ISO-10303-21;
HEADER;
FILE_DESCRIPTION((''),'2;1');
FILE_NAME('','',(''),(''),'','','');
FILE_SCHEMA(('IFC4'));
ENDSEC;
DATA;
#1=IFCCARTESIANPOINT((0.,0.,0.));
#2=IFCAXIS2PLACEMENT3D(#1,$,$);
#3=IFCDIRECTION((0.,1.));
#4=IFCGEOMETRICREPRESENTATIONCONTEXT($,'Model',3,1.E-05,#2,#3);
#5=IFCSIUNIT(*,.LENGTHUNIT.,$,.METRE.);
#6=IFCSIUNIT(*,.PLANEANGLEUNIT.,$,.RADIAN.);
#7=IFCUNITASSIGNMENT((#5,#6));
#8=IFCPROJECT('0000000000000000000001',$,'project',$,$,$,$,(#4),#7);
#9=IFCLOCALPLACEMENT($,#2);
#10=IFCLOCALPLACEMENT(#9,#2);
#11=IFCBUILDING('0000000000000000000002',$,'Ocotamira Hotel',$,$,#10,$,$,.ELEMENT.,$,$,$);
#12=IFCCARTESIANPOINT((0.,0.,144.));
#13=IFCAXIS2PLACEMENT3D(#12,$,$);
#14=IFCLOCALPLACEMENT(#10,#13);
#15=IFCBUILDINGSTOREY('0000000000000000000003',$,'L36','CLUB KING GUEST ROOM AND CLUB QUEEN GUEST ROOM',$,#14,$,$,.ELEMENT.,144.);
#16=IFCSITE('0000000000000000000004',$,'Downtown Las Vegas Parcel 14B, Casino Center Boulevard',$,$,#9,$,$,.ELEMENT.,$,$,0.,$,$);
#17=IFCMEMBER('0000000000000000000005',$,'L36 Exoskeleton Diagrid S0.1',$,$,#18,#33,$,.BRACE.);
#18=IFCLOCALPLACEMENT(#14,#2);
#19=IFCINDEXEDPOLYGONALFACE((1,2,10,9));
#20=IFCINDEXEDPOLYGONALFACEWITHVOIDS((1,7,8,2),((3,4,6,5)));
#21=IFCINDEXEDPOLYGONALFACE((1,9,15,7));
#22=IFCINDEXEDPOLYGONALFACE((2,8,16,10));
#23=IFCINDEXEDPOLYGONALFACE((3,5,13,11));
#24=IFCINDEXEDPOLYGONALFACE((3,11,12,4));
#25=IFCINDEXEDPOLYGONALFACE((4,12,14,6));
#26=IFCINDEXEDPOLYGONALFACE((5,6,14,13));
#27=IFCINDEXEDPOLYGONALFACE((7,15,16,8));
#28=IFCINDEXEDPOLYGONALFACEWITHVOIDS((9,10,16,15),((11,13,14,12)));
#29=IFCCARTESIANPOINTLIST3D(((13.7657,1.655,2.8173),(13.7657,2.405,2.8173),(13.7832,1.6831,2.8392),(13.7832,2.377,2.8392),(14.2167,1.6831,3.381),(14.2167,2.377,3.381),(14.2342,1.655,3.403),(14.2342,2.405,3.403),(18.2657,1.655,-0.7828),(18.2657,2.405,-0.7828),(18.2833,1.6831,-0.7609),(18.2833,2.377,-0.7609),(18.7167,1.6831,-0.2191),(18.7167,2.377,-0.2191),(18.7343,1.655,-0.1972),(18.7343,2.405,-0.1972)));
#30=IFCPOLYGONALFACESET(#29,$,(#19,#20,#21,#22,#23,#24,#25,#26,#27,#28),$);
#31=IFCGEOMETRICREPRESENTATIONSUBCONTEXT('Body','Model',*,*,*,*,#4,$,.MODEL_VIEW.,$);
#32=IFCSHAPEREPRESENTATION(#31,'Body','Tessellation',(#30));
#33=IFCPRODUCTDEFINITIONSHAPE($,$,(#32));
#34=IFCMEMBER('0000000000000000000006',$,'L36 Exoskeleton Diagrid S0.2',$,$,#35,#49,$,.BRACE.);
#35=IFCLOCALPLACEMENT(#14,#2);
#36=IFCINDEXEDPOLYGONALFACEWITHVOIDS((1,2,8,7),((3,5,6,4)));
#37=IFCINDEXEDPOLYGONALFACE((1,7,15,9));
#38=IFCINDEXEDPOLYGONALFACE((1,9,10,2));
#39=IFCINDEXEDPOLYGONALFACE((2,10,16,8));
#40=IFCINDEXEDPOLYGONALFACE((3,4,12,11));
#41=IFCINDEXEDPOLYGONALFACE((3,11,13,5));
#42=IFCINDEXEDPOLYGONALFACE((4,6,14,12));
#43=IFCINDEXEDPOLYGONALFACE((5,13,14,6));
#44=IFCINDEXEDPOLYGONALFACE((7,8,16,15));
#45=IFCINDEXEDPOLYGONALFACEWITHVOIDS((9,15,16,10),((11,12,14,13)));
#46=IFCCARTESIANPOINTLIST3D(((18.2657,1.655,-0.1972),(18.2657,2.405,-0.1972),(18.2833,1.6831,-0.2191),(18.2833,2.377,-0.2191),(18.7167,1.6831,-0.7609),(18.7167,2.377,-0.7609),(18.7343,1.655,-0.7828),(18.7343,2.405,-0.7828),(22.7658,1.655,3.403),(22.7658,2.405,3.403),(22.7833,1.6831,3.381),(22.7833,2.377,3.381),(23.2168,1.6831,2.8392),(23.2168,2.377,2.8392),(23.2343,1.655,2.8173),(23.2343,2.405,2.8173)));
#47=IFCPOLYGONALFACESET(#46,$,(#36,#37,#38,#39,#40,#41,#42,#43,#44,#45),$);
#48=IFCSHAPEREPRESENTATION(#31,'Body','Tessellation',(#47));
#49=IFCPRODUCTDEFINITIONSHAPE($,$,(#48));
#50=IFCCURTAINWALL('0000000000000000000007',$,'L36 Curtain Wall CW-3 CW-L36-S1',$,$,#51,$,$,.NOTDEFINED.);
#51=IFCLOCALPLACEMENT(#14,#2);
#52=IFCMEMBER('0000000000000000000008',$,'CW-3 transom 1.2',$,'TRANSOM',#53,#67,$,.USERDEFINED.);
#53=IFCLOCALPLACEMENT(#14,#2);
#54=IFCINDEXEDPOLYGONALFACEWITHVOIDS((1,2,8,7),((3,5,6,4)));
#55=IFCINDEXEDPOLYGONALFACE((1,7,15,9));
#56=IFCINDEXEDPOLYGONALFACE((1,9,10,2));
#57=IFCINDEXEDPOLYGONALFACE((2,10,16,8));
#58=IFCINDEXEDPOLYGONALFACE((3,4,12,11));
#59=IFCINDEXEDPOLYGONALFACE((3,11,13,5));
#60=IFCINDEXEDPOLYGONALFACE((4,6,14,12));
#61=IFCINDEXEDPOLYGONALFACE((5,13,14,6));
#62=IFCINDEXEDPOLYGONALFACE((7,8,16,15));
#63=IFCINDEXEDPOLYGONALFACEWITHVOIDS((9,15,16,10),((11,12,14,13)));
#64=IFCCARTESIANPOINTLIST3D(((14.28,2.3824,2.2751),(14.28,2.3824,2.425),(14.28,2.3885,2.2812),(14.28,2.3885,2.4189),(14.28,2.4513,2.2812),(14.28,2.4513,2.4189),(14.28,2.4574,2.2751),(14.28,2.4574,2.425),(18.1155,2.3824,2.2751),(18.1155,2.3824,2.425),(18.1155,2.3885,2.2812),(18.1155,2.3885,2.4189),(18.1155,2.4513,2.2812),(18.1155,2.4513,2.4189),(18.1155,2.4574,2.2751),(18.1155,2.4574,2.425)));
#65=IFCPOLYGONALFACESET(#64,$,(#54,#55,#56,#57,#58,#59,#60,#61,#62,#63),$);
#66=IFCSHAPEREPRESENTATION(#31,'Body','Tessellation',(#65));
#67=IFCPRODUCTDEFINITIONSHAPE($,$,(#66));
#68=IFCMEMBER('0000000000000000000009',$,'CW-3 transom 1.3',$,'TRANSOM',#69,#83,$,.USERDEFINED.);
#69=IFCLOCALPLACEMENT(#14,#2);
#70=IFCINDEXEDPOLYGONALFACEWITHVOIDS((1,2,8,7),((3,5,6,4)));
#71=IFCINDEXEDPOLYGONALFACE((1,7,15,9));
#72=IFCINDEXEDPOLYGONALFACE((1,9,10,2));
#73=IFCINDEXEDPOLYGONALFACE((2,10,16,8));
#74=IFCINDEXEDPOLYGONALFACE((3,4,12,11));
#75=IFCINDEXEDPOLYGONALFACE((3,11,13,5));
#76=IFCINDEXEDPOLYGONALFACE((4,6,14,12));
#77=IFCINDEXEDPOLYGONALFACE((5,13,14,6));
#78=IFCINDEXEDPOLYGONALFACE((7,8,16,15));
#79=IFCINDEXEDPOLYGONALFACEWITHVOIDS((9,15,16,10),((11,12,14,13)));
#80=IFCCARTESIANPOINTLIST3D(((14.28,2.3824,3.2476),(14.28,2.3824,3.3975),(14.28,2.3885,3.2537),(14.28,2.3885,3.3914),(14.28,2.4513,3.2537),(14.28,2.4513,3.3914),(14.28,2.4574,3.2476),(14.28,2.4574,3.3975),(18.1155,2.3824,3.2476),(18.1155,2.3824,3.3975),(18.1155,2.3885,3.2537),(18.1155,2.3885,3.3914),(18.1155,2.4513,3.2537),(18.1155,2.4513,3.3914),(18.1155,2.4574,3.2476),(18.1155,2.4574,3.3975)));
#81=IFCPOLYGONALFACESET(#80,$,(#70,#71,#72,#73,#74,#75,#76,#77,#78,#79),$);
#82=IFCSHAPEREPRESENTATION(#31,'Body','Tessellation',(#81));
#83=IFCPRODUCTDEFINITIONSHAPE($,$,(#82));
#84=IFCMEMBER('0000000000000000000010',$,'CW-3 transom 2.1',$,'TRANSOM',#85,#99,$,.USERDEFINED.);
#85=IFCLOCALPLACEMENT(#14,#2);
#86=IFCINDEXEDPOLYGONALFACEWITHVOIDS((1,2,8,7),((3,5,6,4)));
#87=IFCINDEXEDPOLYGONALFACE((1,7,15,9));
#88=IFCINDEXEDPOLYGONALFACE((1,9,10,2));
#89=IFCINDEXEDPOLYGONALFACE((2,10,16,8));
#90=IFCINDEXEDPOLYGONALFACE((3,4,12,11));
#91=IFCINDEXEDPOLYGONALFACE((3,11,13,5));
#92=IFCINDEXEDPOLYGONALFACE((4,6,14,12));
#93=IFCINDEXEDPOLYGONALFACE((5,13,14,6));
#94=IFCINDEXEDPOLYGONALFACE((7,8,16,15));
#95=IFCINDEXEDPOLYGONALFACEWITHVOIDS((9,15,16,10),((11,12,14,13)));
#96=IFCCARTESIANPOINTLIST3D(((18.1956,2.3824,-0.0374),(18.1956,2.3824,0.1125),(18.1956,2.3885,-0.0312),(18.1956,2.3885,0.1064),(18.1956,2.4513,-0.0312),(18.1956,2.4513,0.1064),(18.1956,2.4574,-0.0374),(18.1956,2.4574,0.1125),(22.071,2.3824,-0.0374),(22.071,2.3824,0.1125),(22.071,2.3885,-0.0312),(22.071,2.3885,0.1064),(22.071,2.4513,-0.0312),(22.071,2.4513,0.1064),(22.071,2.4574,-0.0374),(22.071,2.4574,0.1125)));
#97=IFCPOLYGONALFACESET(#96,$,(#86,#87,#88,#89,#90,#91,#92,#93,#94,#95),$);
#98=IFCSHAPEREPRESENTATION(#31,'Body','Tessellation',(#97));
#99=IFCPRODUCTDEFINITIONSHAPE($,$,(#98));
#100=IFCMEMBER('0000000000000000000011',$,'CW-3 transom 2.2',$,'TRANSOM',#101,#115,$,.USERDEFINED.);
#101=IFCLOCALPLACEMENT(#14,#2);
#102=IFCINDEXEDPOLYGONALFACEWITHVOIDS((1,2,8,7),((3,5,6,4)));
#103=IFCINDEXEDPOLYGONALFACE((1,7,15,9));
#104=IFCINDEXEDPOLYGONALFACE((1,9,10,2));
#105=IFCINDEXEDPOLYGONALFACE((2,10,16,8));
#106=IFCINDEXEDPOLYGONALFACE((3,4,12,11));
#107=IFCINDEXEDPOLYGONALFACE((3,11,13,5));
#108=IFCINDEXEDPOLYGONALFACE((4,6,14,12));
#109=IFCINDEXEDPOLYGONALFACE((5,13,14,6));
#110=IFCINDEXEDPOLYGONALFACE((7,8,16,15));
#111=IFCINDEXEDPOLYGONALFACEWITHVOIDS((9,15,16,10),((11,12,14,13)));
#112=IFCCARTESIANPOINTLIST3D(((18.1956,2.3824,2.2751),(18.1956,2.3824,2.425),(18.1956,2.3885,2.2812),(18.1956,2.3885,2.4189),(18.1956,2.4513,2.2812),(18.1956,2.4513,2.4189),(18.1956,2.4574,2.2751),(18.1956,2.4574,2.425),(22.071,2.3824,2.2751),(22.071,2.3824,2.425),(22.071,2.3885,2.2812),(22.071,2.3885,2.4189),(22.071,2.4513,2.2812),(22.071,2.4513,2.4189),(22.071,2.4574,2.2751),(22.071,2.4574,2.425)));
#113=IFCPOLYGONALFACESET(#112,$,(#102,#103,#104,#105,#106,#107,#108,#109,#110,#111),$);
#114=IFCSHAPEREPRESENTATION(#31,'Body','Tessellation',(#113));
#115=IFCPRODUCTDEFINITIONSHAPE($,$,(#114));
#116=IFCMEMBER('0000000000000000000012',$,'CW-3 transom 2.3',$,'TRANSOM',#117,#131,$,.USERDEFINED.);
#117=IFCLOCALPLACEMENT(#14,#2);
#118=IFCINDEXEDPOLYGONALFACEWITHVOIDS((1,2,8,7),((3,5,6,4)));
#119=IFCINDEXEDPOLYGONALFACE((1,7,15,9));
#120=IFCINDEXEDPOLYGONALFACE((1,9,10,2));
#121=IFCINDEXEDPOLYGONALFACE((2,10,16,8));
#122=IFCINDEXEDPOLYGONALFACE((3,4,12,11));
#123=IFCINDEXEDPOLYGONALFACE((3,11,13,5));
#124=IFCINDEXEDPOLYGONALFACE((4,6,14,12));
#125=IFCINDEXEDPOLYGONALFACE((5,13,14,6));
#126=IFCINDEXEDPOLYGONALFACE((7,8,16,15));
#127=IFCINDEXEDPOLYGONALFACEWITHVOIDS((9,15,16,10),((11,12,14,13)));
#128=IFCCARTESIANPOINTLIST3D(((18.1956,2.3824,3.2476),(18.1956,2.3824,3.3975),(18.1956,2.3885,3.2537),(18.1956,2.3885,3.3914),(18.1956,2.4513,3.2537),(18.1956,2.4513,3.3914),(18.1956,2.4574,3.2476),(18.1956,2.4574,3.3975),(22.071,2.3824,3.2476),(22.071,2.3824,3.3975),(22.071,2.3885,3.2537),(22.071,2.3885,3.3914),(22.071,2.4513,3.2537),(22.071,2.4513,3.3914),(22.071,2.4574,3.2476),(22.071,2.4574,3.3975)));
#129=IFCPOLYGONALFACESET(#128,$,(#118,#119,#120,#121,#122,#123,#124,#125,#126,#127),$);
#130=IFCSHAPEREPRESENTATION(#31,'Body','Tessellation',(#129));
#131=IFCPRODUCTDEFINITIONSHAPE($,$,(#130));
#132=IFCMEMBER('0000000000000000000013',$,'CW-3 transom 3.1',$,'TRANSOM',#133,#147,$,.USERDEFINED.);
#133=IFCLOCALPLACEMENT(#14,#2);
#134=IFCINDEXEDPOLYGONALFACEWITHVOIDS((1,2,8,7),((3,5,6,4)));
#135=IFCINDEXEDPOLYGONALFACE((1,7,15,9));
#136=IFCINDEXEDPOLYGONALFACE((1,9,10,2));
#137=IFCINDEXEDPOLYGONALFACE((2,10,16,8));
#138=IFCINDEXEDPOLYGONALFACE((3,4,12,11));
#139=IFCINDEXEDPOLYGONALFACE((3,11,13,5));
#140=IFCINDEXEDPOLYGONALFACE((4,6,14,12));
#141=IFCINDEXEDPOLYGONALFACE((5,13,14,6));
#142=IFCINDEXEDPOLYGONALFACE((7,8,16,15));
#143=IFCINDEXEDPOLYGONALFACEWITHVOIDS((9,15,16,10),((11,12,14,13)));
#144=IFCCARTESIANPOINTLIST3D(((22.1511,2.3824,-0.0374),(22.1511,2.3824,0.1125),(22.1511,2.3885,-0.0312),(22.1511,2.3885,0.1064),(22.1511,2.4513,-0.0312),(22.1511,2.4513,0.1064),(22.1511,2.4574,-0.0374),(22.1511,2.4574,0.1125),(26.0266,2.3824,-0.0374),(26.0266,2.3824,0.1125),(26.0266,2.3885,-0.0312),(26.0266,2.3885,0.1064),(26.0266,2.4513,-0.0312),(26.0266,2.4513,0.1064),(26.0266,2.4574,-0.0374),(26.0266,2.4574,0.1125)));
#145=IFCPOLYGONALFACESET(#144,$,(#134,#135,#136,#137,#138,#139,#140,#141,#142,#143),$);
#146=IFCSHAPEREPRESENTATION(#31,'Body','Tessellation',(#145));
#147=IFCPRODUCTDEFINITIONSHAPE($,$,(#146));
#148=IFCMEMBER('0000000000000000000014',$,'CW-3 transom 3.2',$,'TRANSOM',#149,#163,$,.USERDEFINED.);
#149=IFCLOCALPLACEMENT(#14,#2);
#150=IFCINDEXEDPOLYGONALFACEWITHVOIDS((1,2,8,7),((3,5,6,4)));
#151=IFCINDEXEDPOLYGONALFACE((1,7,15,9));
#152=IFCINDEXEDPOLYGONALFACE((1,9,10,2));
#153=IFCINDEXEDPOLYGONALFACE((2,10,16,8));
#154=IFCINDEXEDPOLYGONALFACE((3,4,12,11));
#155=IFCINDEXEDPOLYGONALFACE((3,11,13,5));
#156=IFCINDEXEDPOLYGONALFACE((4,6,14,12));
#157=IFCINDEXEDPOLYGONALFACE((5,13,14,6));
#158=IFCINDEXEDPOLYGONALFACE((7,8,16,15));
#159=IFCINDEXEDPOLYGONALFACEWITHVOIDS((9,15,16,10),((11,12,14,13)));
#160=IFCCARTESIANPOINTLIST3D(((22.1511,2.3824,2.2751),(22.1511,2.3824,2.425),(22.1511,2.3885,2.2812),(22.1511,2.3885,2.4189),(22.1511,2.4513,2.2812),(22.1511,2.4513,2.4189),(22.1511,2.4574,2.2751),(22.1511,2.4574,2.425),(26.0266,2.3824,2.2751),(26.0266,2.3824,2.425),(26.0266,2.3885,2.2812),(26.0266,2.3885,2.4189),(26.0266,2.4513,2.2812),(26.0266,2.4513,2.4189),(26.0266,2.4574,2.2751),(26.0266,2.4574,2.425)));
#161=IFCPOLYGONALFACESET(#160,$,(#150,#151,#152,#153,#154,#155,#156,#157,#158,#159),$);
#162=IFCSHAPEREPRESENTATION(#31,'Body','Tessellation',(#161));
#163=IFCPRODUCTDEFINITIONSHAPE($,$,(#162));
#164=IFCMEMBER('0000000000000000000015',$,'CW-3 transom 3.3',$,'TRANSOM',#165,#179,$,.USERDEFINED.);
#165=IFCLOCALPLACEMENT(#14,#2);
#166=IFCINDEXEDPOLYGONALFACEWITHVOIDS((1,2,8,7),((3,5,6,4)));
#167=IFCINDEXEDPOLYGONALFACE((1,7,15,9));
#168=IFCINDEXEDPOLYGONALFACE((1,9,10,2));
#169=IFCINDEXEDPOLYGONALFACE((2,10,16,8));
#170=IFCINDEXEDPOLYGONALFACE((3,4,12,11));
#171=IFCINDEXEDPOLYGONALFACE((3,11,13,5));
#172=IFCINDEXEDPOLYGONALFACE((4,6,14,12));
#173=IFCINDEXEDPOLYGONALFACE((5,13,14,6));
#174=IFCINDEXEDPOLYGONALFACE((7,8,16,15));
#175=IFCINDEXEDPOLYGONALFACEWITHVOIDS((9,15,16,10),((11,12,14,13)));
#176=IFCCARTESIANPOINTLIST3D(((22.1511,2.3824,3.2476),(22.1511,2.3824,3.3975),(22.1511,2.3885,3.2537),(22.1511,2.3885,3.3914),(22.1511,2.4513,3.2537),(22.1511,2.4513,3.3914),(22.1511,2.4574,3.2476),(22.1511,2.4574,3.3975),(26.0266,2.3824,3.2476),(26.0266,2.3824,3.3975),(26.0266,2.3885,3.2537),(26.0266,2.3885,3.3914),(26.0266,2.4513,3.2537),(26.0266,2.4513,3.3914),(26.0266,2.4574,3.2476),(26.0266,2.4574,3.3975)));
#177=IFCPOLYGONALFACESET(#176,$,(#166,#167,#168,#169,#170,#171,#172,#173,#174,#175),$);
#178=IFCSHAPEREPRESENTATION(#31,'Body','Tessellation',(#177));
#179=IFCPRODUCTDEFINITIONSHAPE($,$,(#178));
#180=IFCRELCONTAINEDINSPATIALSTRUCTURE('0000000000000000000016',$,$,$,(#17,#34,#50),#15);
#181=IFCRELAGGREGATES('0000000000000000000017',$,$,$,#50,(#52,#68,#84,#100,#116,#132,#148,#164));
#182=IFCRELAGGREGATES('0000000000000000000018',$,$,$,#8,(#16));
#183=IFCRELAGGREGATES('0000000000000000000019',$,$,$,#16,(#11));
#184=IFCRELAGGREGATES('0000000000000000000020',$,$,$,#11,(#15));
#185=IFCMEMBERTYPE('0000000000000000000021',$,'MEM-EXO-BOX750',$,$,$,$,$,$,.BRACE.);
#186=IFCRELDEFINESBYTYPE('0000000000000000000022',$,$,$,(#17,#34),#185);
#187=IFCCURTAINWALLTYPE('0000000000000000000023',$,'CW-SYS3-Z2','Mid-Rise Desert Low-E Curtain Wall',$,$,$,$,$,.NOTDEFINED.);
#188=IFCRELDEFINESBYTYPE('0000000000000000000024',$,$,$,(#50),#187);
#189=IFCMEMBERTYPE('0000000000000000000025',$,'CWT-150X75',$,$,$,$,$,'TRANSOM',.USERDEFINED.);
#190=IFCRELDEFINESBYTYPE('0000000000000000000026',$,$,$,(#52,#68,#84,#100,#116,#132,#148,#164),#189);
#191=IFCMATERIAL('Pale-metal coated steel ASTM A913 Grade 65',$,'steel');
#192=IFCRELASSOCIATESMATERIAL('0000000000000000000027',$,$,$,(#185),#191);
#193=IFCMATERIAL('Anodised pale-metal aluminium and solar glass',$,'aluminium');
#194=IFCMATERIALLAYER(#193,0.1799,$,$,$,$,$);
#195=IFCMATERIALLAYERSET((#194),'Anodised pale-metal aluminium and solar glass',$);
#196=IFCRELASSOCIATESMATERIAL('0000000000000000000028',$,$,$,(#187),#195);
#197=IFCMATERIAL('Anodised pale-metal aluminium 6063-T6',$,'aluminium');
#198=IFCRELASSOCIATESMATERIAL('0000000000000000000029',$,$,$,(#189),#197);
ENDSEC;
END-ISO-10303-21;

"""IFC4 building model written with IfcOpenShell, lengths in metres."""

from ifc_helpers import new_model, si_unit, direction, frame, origin, origin_2d, place, context, subcontext, project, spatial, hollow_rectangle, extrude, source, transform, mapped, material, layer, layer_set, material_profile, profile_set, type_object, element, aggregate, save


model = new_model("IFC4")

# Units and contexts
model_context = context("Model", 3, precision=1e-05, world=origin(), true_north=direction((0.0, 1.0)))
body_context = subcontext(model_context, "Body", "Model", "MODEL_VIEW")
ifc_project = project(units=[si_unit("LENGTHUNIT", "METRE"), si_unit("PLANEANGLEUNIT", "RADIAN")], contexts=[model_context])

# Site, building, storey
site_placement = place(None, origin())
site = spatial("IfcSite", under=ifc_project, at=site_placement, Name="Downtown Las Vegas Parcel 14B, Casino Center Boulevard", CompositionType="ELEMENT", RefElevation=0.0)
building_placement = place(site_placement, origin())
building = spatial("IfcBuilding", under=site, at=building_placement, Name="Ocotamira Hotel", CompositionType="ELEMENT")
storey_placement = place(building_placement, frame((0.0, 0.0, 144.0)))
storey = spatial("IfcBuildingStorey", under=building, at=storey_placement, Name="L36", Description="CLUB KING GUEST ROOM AND CLUB QUEEN GUEST ROOM", CompositionType="ELEMENT", Elevation=144.0)

# Members
ifc_material_1 = material(Name="Pale-metal coated steel ASTM A913 Grade 65", Category="steel")
ifc_material_profile_1 = material_profile(ifc_material_1, hollow_rectangle(XDim=0.75, YDim=0.75, WallThickness=0.0281, at=origin_2d()), Name="BOX750X750X28")
ifc_profile_set_1 = profile_set([ifc_material_profile_1], Name="Pale-metal coated steel ASTM A913 Grade 65")
member_type_1 = type_object("IfcMemberType", Name="MEM-EXO-BOX750", PredefinedType="BRACE", material=ifc_profile_set_1)
shared_shape_1 = source(origin(), body_context, "Body", "SweptSolid", [
    extrude(hollow_rectangle(XDim=0.75, YDim=0.75, WallThickness=0.0281, at=origin_2d()), origin(), (0.0, 0.0, 1.0), 5.7629),
])
for number, where, z_axis, x_axis, name in (
    (1, (18.5, 2.03, -0.49), (-0.780861, 0.0, 0.624705), (0.0, -1.0, 0.0), "L36 Exoskeleton Diagrid S0.1"),
    (2, (18.5, 2.03, -0.49), (0.780861, 0.0, 0.624705), (0.0, 1.0, 0.0), "L36 Exoskeleton Diagrid S0.2"),
):
    element("IfcMember", number, at=place(storey_placement, frame(where, z_axis=z_axis, x_axis=x_axis)), inside=storey, type_object=member_type_1, Name=name, PredefinedType="BRACE", context=body_context, shape_type="MappedRepresentation", body=[
        mapped(shared_shape_1, transform((0.0, 0.0, 0.0), scale=1.0)),
    ])

# Curtain wall, members
ifc_material_2 = material(Name="Anodised pale-metal aluminium and solar glass", Category="aluminium")
ifc_layer_1 = layer(ifc_material_2, 0.1799)
ifc_layer_set_1 = layer_set([ifc_layer_1], Name="Anodised pale-metal aluminium and solar glass")
curtain_wall_type = type_object("IfcCurtainWallType", Name="CW-SYS3-Z2", Description="Mid-Rise Desert Low-E Curtain Wall", PredefinedType="NOTDEFINED", material=ifc_layer_set_1)
curtain_wall_placement = place(storey_placement, origin())
curtain_wall = element("IfcCurtainWall", 3, at=curtain_wall_placement, inside=storey, type_object=curtain_wall_type, Name="L36 Curtain Wall CW-3 CW-L36-S1", PredefinedType="NOTDEFINED")
ifc_material_3 = material(Name="Anodised pale-metal aluminium 6063-T6", Category="aluminium")
ifc_material_profile_2 = material_profile(ifc_material_3, hollow_rectangle(XDim=0.075, YDim=0.1499, WallThickness=0.0061, at=origin_2d()), Name="HSS150X75X6")
ifc_profile_set_2 = profile_set([ifc_material_profile_2], Name="Anodised pale-metal aluminium 6063-T6")
member_type_2 = type_object("IfcMemberType", Name="CWT-150X75", ElementType="TRANSOM", PredefinedType="USERDEFINED", material=ifc_profile_set_2)
shared_shape_2 = source(origin(), body_context, "Body", "SweptSolid", [
    extrude(hollow_rectangle(XDim=0.075, YDim=0.1499, WallThickness=0.0061, at=origin_2d()), origin(), (0.0, 0.0, 1.0), 3.8354),
])
member_1_placement = place(storey_placement, frame((14.28, 2.4199, 2.3501), z_axis=(1.0, 0.0, 0.0), x_axis=(0.0, 1.0, 0.0)))
member_1 = element("IfcMember", 4, at=member_1_placement, type_object=member_type_2, Name="CW-3 transom 1.2", ObjectType="TRANSOM", PredefinedType="USERDEFINED", context=body_context, shape_type="MappedRepresentation", body=[
    mapped(shared_shape_2, transform((0.0, 0.0, 0.0), scale=1.0)),
])
member_2_placement = place(storey_placement, frame((14.28, 2.4199, 3.3225), z_axis=(1.0, 0.0, 0.0), x_axis=(0.0, 1.0, 0.0)))
member_2 = element("IfcMember", 5, at=member_2_placement, type_object=member_type_2, Name="CW-3 transom 1.3", ObjectType="TRANSOM", PredefinedType="USERDEFINED", context=body_context, shape_type="MappedRepresentation", body=[
    mapped(shared_shape_2, transform((0.0, 0.0, 0.0), scale=1.0)),
])
shared_shape_3 = source(origin(), body_context, "Body", "SweptSolid", [
    extrude(hollow_rectangle(XDim=0.075, YDim=0.1499, WallThickness=0.0061, at=origin_2d()), origin(), (0.0, 0.0, 1.0), 3.8755),
])
member_3_placement = place(storey_placement, frame((18.1956, 2.4199, 0.0376), z_axis=(1.0, 0.0, 0.0), x_axis=(0.0, 1.0, 0.0)))
member_3 = element("IfcMember", 6, at=member_3_placement, type_object=member_type_2, Name="CW-3 transom 2.1", ObjectType="TRANSOM", PredefinedType="USERDEFINED", context=body_context, shape_type="MappedRepresentation", body=[
    mapped(shared_shape_3, transform((0.0, 0.0, 0.0), scale=1.0)),
])
member_4_placement = place(storey_placement, frame((18.1956, 2.4199, 2.3501), z_axis=(1.0, 0.0, 0.0), x_axis=(0.0, 1.0, 0.0)))
member_4 = element("IfcMember", 7, at=member_4_placement, type_object=member_type_2, Name="CW-3 transom 2.2", ObjectType="TRANSOM", PredefinedType="USERDEFINED", context=body_context, shape_type="MappedRepresentation", body=[
    mapped(shared_shape_3, transform((0.0, 0.0, 0.0), scale=1.0)),
])
member_5_placement = place(storey_placement, frame((18.1956, 2.4199, 3.3225), z_axis=(1.0, 0.0, 0.0), x_axis=(0.0, 1.0, 0.0)))
member_5 = element("IfcMember", 8, at=member_5_placement, type_object=member_type_2, Name="CW-3 transom 2.3", ObjectType="TRANSOM", PredefinedType="USERDEFINED", context=body_context, shape_type="MappedRepresentation", body=[
    mapped(shared_shape_3, transform((0.0, 0.0, 0.0), scale=1.0)),
])
member_6_placement = place(storey_placement, frame((22.1511, 2.4199, 0.0376), z_axis=(1.0, 0.0, 0.0), x_axis=(0.0, 1.0, 0.0)))
member_6 = element("IfcMember", 9, at=member_6_placement, type_object=member_type_2, Name="CW-3 transom 3.1", ObjectType="TRANSOM", PredefinedType="USERDEFINED", context=body_context, shape_type="MappedRepresentation", body=[
    mapped(shared_shape_3, transform((0.0, 0.0, 0.0), scale=1.0)),
])
member_7_placement = place(storey_placement, frame((22.1511, 2.4199, 2.3501), z_axis=(1.0, 0.0, 0.0), x_axis=(0.0, 1.0, 0.0)))
member_7 = element("IfcMember", 10, at=member_7_placement, type_object=member_type_2, Name="CW-3 transom 3.2", ObjectType="TRANSOM", PredefinedType="USERDEFINED", context=body_context, shape_type="MappedRepresentation", body=[
    mapped(shared_shape_3, transform((0.0, 0.0, 0.0), scale=1.0)),
])
member_8_placement = place(storey_placement, frame((22.1511, 2.4199, 3.3225), z_axis=(1.0, 0.0, 0.0), x_axis=(0.0, 1.0, 0.0)))
member_8 = element("IfcMember", 11, at=member_8_placement, type_object=member_type_2, Name="CW-3 transom 3.3", ObjectType="TRANSOM", PredefinedType="USERDEFINED", context=body_context, shape_type="MappedRepresentation", body=[
    mapped(shared_shape_3, transform((0.0, 0.0, 0.0), scale=1.0)),
])

aggregate(curtain_wall, [member_1, member_2, member_3, member_4, member_5, member_6, member_7, member_8])

save(model, "model.ifc")
